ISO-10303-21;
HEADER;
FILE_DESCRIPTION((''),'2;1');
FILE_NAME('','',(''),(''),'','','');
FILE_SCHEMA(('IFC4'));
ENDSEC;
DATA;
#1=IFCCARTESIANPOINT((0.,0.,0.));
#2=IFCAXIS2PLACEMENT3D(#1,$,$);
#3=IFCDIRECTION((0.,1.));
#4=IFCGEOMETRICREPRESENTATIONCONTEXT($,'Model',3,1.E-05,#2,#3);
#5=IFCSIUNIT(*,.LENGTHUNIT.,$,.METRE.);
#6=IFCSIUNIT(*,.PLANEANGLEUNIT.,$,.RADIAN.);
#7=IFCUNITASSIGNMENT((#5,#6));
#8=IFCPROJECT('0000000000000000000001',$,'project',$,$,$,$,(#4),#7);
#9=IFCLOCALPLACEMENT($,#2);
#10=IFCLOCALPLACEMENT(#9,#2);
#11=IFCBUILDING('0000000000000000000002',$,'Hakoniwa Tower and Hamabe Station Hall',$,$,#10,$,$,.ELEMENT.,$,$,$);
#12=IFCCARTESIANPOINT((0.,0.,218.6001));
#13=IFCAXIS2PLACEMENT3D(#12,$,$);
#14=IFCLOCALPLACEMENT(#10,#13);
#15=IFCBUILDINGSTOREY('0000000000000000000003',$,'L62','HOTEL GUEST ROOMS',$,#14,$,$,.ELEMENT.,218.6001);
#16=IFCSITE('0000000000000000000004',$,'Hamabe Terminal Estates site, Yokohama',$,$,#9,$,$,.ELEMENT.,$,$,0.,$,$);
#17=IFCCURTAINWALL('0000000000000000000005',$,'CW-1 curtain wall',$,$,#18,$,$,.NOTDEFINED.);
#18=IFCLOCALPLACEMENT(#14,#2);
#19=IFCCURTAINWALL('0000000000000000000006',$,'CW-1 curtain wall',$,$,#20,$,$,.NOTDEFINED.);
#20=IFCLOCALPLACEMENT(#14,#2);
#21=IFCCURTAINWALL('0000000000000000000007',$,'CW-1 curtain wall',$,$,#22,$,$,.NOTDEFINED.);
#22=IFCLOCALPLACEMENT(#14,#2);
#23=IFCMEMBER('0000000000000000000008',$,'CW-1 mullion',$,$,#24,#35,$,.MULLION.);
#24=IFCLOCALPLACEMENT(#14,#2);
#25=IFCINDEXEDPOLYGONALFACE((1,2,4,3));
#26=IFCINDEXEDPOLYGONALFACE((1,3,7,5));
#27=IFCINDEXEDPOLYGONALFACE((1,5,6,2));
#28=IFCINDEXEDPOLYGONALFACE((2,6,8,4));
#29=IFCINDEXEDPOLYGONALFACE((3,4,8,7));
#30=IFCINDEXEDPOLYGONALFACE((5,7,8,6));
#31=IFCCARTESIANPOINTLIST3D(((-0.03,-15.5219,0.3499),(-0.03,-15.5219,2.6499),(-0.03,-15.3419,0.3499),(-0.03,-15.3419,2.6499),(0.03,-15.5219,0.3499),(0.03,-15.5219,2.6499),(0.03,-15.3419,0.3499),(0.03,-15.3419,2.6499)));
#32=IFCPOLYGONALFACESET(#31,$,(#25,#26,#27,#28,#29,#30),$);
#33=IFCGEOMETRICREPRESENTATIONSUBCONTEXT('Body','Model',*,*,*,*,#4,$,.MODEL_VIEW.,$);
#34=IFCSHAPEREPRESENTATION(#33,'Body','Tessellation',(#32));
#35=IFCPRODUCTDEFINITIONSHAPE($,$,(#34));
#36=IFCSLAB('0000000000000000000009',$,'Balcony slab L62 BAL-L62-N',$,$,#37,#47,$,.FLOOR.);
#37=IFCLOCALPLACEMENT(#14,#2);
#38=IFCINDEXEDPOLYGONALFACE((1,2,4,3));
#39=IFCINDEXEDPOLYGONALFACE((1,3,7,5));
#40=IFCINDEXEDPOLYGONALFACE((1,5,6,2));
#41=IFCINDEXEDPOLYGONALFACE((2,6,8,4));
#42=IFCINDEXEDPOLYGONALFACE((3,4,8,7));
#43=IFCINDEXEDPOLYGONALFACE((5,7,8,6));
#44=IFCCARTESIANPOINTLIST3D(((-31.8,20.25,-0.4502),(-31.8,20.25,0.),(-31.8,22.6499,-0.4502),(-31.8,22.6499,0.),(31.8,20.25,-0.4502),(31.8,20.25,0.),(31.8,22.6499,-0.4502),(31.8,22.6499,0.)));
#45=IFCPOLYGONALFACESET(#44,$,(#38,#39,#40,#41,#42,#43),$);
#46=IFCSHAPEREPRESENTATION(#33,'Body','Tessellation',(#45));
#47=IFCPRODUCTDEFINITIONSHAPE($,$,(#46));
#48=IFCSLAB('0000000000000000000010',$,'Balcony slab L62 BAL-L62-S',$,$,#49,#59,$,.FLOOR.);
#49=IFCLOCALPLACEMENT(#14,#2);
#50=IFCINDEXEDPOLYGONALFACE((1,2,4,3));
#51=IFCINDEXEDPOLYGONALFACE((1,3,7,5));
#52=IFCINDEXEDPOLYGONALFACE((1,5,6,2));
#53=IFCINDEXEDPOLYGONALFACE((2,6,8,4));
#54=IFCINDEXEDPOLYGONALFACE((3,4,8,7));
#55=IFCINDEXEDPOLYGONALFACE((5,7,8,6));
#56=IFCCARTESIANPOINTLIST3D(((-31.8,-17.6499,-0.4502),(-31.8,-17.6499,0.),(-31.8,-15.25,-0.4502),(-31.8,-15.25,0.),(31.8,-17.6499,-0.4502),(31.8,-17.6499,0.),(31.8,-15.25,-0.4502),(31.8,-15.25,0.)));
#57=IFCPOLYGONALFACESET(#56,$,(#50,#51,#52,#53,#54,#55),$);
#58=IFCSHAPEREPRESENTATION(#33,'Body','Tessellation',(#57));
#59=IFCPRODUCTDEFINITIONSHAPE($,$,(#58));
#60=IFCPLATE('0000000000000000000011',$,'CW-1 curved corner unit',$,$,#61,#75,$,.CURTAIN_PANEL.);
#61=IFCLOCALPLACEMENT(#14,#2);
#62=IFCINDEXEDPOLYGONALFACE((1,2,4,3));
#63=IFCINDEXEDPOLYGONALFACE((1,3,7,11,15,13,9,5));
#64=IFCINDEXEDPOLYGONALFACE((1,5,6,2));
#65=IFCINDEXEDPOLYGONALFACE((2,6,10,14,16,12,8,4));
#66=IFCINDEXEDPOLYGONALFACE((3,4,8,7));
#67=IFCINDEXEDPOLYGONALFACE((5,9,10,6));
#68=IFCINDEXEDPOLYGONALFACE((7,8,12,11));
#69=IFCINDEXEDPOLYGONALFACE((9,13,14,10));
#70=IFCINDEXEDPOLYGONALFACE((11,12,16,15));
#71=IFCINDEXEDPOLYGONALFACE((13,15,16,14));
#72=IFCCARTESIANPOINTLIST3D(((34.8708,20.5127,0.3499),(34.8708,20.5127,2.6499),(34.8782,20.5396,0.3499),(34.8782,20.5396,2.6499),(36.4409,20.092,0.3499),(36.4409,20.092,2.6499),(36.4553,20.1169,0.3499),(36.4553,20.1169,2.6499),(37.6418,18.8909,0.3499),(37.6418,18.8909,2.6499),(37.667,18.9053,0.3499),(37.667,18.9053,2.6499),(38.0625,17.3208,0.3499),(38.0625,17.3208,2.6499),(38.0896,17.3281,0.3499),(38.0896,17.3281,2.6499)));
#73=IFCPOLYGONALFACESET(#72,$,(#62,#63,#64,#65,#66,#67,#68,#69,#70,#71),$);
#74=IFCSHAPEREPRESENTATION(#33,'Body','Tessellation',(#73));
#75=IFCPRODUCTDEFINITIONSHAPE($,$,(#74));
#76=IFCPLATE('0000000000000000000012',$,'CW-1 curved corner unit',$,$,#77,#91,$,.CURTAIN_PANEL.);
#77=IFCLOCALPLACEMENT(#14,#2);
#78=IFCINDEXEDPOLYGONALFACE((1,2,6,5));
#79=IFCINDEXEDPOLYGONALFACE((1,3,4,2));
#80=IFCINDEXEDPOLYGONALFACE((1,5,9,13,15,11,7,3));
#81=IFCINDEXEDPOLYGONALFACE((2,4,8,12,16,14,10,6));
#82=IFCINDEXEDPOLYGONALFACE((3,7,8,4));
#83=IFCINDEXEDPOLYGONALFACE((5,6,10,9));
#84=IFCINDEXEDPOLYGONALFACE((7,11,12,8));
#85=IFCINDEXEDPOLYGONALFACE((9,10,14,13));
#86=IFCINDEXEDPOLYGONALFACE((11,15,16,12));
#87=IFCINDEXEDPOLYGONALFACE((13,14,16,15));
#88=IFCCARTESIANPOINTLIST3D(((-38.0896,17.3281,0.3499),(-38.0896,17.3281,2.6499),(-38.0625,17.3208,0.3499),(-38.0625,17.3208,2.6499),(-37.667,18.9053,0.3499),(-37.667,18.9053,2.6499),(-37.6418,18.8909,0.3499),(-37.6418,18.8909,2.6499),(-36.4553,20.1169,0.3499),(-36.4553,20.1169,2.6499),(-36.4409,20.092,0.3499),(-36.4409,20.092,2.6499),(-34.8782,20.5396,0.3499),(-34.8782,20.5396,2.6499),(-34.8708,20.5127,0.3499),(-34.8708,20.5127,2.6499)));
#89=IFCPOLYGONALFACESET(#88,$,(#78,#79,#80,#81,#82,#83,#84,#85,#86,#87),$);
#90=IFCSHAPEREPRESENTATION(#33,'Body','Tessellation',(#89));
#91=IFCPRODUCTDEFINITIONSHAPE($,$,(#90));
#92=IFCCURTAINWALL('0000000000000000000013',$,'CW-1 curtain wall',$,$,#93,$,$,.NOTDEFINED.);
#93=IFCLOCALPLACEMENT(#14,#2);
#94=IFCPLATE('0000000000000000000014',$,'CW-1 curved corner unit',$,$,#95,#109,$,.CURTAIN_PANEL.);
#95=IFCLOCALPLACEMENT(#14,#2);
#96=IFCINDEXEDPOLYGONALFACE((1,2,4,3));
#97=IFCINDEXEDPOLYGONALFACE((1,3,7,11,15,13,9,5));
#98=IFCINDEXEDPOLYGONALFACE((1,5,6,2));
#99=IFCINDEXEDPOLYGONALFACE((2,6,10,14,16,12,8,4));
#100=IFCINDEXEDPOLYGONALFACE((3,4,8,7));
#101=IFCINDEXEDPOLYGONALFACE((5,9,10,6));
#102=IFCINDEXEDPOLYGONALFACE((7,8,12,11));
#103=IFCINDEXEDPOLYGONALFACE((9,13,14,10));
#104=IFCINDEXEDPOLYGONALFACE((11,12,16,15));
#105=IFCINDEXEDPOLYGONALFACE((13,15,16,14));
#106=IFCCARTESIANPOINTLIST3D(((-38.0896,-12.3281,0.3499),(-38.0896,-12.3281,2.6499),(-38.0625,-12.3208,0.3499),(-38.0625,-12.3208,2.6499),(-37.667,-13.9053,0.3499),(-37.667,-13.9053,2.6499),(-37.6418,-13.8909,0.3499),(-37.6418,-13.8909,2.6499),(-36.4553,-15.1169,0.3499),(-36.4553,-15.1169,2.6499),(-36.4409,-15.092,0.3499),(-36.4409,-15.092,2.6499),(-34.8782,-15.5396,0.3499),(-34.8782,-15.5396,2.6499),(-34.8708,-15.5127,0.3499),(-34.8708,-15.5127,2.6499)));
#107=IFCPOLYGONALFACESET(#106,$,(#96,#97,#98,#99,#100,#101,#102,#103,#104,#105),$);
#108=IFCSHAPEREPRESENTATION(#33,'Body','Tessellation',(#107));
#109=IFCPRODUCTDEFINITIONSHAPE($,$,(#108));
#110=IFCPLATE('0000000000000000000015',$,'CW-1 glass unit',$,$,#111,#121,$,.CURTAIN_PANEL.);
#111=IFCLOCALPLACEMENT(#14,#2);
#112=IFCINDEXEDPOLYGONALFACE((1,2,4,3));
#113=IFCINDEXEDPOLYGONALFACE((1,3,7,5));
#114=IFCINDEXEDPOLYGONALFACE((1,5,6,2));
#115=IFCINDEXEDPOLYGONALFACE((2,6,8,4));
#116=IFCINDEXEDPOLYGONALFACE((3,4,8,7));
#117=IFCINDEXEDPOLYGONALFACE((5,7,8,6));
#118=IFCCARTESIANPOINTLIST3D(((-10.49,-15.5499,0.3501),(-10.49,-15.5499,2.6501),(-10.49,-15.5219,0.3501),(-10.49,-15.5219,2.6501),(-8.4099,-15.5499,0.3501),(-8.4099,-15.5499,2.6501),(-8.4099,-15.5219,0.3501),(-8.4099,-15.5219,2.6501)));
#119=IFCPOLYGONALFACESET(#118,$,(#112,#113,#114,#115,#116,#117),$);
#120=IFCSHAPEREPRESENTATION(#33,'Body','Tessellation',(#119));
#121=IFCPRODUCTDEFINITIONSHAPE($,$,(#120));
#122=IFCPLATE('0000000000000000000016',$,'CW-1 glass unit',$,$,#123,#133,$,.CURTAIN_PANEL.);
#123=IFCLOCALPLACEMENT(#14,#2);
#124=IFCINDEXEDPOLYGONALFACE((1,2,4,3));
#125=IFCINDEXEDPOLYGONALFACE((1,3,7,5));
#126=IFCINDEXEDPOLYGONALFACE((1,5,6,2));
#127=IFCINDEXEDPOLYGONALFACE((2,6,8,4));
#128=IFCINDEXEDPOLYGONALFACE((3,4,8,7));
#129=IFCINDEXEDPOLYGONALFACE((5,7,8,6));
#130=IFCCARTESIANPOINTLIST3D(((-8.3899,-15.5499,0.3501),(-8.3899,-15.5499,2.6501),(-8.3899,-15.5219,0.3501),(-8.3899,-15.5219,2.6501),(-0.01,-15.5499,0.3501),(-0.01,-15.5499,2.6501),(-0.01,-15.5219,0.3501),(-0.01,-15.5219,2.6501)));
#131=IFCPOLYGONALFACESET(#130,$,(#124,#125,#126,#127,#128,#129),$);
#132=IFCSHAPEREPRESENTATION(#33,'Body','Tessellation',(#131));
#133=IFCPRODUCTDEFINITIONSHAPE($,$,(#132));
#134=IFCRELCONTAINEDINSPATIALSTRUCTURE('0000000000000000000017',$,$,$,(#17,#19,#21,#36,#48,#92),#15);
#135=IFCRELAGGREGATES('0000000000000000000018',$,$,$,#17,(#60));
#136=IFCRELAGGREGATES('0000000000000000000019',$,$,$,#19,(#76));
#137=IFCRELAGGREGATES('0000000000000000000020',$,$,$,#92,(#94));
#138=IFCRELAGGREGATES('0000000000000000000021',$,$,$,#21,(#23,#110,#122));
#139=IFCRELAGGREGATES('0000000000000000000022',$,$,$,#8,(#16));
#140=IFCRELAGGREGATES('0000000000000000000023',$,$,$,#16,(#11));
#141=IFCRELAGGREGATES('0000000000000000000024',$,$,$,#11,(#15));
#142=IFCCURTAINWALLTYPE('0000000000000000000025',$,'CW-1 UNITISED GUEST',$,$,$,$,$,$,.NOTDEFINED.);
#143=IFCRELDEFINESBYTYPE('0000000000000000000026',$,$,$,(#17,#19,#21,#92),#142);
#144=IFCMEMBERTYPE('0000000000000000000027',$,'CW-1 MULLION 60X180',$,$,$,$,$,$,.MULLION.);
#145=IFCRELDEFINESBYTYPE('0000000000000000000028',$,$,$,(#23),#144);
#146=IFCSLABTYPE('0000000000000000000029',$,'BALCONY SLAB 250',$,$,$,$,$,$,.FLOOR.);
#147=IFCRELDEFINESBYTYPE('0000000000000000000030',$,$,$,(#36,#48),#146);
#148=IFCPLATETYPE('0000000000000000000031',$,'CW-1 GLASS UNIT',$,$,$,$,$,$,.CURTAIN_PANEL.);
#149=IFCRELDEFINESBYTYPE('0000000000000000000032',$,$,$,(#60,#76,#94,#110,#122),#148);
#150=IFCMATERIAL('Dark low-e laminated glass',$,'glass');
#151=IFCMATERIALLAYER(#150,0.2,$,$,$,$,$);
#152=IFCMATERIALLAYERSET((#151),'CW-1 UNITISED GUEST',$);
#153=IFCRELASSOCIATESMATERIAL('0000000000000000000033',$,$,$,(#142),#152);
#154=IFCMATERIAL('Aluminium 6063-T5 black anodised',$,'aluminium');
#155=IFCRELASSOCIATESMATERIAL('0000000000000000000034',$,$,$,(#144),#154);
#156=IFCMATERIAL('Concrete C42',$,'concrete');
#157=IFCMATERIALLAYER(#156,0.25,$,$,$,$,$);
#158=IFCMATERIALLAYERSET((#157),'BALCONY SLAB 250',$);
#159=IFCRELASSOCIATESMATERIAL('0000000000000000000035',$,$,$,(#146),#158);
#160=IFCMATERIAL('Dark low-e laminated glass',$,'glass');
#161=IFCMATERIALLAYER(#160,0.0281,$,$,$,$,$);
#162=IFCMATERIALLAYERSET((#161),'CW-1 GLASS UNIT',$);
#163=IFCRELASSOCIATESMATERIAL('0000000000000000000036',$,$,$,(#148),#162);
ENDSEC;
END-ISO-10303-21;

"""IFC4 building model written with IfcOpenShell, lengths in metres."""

from ifc_helpers import new_model, si_unit, direction, frame, origin, origin_2d, place, context, subcontext, project, spatial, polyline, rectangle, outline, extrude, material, layer, layer_set, material_profile, profile_set, type_object, element, aggregate, save


model = new_model("IFC4")

# Units and contexts
model_context = context("Model", 3, precision=1e-05, world=origin(), true_north=direction((0.0, 1.0)))
body_context = subcontext(model_context, "Body", "Model", "MODEL_VIEW")
ifc_project = project(units=[si_unit("LENGTHUNIT", "METRE"), si_unit("PLANEANGLEUNIT", "RADIAN")], contexts=[model_context])

# Site, building, storey
site_placement = place(None, origin())
site = spatial("IfcSite", under=ifc_project, at=site_placement, Name="Hamabe Terminal Estates site, Yokohama", CompositionType="ELEMENT", RefElevation=0.0)
building_placement = place(site_placement, origin())
building = spatial("IfcBuilding", under=site, at=building_placement, Name="Hakoniwa Tower and Hamabe Station Hall", CompositionType="ELEMENT")
storey_placement = place(building_placement, frame((0.0, 0.0, 218.6001)))
storey = spatial("IfcBuildingStorey", under=building, at=storey_placement, Name="L62", Description="HOTEL GUEST ROOMS", CompositionType="ELEMENT", Elevation=218.6001)

# Curtain walls
ifc_material_1 = material(Name="Dark low-e laminated glass", Category="glass")
ifc_layer_1 = layer(ifc_material_1, 0.2)
ifc_layer_set_1 = layer_set([ifc_layer_1], Name="CW-1 UNITISED GUEST")
curtain_wall_type = type_object("IfcCurtainWallType", Name="CW-1 UNITISED GUEST", PredefinedType="NOTDEFINED", material=ifc_layer_set_1)
curtain_wall_1_placement = place(storey_placement, origin())
curtain_wall_1 = element("IfcCurtainWall", 1, at=curtain_wall_1_placement, inside=storey, type_object=curtain_wall_type, Name="CW-1 curtain wall", PredefinedType="NOTDEFINED")
curtain_wall_2_placement = place(storey_placement, origin())
curtain_wall_2 = element("IfcCurtainWall", 2, at=curtain_wall_2_placement, inside=storey, type_object=curtain_wall_type, Name="CW-1 curtain wall", PredefinedType="NOTDEFINED")

# Curtain wall, member
curtain_wall_3_placement = place(storey_placement, origin())
curtain_wall_3 = element("IfcCurtainWall", 3, at=curtain_wall_3_placement, inside=storey, type_object=curtain_wall_type, Name="CW-1 curtain wall", PredefinedType="NOTDEFINED")
ifc_material_2 = material(Name="Aluminium 6063-T5 black anodised", Category="aluminium")
ifc_material_profile_1 = material_profile(ifc_material_2, rectangle(XDim=0.0601, YDim=0.1799, at=origin_2d()), Name="CW-1 MULLION 60X180")
ifc_profile_set_1 = profile_set([ifc_material_profile_1], Name="Aluminium 6063-T5 black anodised")
member_type_1 = type_object("IfcMemberType", Name="CW-1 MULLION 60X180", PredefinedType="MULLION", material=ifc_profile_set_1)
member_1_placement = place(storey_placement, frame((0.0, -15.4319, 0.3499), z_axis=(0.0, 0.0, 1.0), x_axis=(1.0, 0.0, 0.0)))
member_1 = element("IfcMember", 4, at=member_1_placement, type_object=member_type_1, Name="CW-1 mullion", PredefinedType="MULLION", context=body_context, shape_type="SweptSolid", body=[
    extrude(rectangle(XDim=0.0601, YDim=0.1799, at=origin_2d()), origin(), (0.0, 0.0, 1.0), 2.3),
])

# Slabs
ifc_material_3 = material(Name="Concrete C42", Category="concrete")
ifc_layer_2 = layer(ifc_material_3, 0.25)
ifc_layer_set_2 = layer_set([ifc_layer_2], Name="BALCONY SLAB 250")
slab_type_1 = type_object("IfcSlabType", Name="BALCONY SLAB 250", PredefinedType="FLOOR", material=ifc_layer_set_2)
slab_1_placement = place(storey_placement, frame((0.0, 0.0, -0.4502)))
element("IfcSlab", 5, at=slab_1_placement, inside=storey, type_object=slab_type_1, Name="Balcony slab L62 BAL-L62-N", PredefinedType="FLOOR", context=body_context, shape_type="SweptSolid", body=[
    extrude(outline(polyline([(-31.8, 20.25), (31.8, 20.25), (31.8, 22.6499), (-31.8, 22.6499), (-31.8, 20.25)])), origin(), (0.0, 0.0, 1.0), 0.4502),
])
slab_2_placement = place(storey_placement, frame((0.0, 0.0, -0.4502)))
element("IfcSlab", 6, at=slab_2_placement, inside=storey, type_object=slab_type_1, Name="Balcony slab L62 BAL-L62-S", PredefinedType="FLOOR", context=body_context, shape_type="SweptSolid", body=[
    extrude(outline(polyline([(-31.8, -17.6499), (31.8, -17.6499), (31.8, -15.25), (-31.8, -15.25), (-31.8, -17.6499)])), origin(), (0.0, 0.0, 1.0), 0.4502),
])

# Plates
ifc_material_4 = material(Name="Dark low-e laminated glass", Category="glass")
ifc_layer_3 = layer(ifc_material_4, 0.0281)
ifc_layer_set_3 = layer_set([ifc_layer_3], Name="CW-1 GLASS UNIT")
plate_type = type_object("IfcPlateType", Name="CW-1 GLASS UNIT", PredefinedType="CURTAIN_PANEL", material=ifc_layer_set_3)
plate_1_placement = place(storey_placement, frame((0.0, 0.0, 0.3499)))
plate_1 = element("IfcPlate", 7, at=plate_1_placement, type_object=plate_type, Name="CW-1 curved corner unit", PredefinedType="CURTAIN_PANEL", context=body_context, shape_type="SweptSolid", body=[
    extrude(outline(polyline([(38.0896, 17.3281), (37.667, 18.9053), (36.4553, 20.1169), (34.8782, 20.5396), (34.8708, 20.5127), (36.4409, 20.092), (37.6418, 18.8909), (38.0625, 17.3208), (38.0896, 17.3281)])), origin(), (0.0, 0.0, 1.0), 2.3),
])
aggregate(curtain_wall_1, [plate_1])
plate_2_placement = place(storey_placement, frame((0.0, 0.0, 0.3499)))
plate_2 = element("IfcPlate", 8, at=plate_2_placement, type_object=plate_type, Name="CW-1 curved corner unit", PredefinedType="CURTAIN_PANEL", context=body_context, shape_type="SweptSolid", body=[
    extrude(outline(polyline([(-34.8782, 20.5396), (-36.4553, 20.1169), (-37.667, 18.9053), (-38.0896, 17.3281), (-38.0625, 17.3208), (-37.6418, 18.8909), (-36.4409, 20.092), (-34.8708, 20.5127), (-34.8782, 20.5396)])), origin(), (0.0, 0.0, 1.0), 2.3),
])
aggregate(curtain_wall_2, [plate_2])

# Curtain wall, plate
curtain_wall_4_placement = place(storey_placement, origin())
curtain_wall_4 = element("IfcCurtainWall", 9, at=curtain_wall_4_placement, inside=storey, type_object=curtain_wall_type, Name="CW-1 curtain wall", PredefinedType="NOTDEFINED")
plate_3_placement = place(storey_placement, frame((0.0, 0.0, 0.3499)))
plate_3 = element("IfcPlate", 10, at=plate_3_placement, type_object=plate_type, Name="CW-1 curved corner unit", PredefinedType="CURTAIN_PANEL", context=body_context, shape_type="SweptSolid", body=[
    extrude(outline(polyline([(-38.0896, -12.3281), (-37.667, -13.9053), (-36.4553, -15.1169), (-34.8782, -15.5396), (-34.8708, -15.5127), (-36.4409, -15.092), (-37.6418, -13.8909), (-38.0625, -12.3208), (-38.0896, -12.3281)])), origin(), (0.0, 0.0, 1.0), 2.3),
])
aggregate(curtain_wall_4, [plate_3])

# Plates
plate_4_placement = place(storey_placement, frame((-9.45, -15.5359, 0.3501), z_axis=(0.0, 0.0, 1.0), x_axis=(1.0, 0.0, 0.0)))
plate_4 = element("IfcPlate", 11, at=plate_4_placement, type_object=plate_type, Name="CW-1 glass unit", PredefinedType="CURTAIN_PANEL", context=body_context, shape_type="SweptSolid", body=[
    extrude(rectangle(XDim=2.0801, YDim=0.0281, at=origin_2d()), origin(), (0.0, 0.0, 1.0), 2.3),
])
plate_5_placement = place(storey_placement, frame((-4.2, -15.5359, 0.3501), z_axis=(0.0, 0.0, 1.0), x_axis=(1.0, 0.0, 0.0)))
plate_5 = element("IfcPlate", 12, at=plate_5_placement, type_object=plate_type, Name="CW-1 glass unit", PredefinedType="CURTAIN_PANEL", context=body_context, shape_type="SweptSolid", body=[
    extrude(rectangle(XDim=8.3799, YDim=0.0281, at=origin_2d()), origin(), (0.0, 0.0, 1.0), 2.3),
])
aggregate(curtain_wall_3, [member_1, plate_4, plate_5])

save(model, "model.ifc")
